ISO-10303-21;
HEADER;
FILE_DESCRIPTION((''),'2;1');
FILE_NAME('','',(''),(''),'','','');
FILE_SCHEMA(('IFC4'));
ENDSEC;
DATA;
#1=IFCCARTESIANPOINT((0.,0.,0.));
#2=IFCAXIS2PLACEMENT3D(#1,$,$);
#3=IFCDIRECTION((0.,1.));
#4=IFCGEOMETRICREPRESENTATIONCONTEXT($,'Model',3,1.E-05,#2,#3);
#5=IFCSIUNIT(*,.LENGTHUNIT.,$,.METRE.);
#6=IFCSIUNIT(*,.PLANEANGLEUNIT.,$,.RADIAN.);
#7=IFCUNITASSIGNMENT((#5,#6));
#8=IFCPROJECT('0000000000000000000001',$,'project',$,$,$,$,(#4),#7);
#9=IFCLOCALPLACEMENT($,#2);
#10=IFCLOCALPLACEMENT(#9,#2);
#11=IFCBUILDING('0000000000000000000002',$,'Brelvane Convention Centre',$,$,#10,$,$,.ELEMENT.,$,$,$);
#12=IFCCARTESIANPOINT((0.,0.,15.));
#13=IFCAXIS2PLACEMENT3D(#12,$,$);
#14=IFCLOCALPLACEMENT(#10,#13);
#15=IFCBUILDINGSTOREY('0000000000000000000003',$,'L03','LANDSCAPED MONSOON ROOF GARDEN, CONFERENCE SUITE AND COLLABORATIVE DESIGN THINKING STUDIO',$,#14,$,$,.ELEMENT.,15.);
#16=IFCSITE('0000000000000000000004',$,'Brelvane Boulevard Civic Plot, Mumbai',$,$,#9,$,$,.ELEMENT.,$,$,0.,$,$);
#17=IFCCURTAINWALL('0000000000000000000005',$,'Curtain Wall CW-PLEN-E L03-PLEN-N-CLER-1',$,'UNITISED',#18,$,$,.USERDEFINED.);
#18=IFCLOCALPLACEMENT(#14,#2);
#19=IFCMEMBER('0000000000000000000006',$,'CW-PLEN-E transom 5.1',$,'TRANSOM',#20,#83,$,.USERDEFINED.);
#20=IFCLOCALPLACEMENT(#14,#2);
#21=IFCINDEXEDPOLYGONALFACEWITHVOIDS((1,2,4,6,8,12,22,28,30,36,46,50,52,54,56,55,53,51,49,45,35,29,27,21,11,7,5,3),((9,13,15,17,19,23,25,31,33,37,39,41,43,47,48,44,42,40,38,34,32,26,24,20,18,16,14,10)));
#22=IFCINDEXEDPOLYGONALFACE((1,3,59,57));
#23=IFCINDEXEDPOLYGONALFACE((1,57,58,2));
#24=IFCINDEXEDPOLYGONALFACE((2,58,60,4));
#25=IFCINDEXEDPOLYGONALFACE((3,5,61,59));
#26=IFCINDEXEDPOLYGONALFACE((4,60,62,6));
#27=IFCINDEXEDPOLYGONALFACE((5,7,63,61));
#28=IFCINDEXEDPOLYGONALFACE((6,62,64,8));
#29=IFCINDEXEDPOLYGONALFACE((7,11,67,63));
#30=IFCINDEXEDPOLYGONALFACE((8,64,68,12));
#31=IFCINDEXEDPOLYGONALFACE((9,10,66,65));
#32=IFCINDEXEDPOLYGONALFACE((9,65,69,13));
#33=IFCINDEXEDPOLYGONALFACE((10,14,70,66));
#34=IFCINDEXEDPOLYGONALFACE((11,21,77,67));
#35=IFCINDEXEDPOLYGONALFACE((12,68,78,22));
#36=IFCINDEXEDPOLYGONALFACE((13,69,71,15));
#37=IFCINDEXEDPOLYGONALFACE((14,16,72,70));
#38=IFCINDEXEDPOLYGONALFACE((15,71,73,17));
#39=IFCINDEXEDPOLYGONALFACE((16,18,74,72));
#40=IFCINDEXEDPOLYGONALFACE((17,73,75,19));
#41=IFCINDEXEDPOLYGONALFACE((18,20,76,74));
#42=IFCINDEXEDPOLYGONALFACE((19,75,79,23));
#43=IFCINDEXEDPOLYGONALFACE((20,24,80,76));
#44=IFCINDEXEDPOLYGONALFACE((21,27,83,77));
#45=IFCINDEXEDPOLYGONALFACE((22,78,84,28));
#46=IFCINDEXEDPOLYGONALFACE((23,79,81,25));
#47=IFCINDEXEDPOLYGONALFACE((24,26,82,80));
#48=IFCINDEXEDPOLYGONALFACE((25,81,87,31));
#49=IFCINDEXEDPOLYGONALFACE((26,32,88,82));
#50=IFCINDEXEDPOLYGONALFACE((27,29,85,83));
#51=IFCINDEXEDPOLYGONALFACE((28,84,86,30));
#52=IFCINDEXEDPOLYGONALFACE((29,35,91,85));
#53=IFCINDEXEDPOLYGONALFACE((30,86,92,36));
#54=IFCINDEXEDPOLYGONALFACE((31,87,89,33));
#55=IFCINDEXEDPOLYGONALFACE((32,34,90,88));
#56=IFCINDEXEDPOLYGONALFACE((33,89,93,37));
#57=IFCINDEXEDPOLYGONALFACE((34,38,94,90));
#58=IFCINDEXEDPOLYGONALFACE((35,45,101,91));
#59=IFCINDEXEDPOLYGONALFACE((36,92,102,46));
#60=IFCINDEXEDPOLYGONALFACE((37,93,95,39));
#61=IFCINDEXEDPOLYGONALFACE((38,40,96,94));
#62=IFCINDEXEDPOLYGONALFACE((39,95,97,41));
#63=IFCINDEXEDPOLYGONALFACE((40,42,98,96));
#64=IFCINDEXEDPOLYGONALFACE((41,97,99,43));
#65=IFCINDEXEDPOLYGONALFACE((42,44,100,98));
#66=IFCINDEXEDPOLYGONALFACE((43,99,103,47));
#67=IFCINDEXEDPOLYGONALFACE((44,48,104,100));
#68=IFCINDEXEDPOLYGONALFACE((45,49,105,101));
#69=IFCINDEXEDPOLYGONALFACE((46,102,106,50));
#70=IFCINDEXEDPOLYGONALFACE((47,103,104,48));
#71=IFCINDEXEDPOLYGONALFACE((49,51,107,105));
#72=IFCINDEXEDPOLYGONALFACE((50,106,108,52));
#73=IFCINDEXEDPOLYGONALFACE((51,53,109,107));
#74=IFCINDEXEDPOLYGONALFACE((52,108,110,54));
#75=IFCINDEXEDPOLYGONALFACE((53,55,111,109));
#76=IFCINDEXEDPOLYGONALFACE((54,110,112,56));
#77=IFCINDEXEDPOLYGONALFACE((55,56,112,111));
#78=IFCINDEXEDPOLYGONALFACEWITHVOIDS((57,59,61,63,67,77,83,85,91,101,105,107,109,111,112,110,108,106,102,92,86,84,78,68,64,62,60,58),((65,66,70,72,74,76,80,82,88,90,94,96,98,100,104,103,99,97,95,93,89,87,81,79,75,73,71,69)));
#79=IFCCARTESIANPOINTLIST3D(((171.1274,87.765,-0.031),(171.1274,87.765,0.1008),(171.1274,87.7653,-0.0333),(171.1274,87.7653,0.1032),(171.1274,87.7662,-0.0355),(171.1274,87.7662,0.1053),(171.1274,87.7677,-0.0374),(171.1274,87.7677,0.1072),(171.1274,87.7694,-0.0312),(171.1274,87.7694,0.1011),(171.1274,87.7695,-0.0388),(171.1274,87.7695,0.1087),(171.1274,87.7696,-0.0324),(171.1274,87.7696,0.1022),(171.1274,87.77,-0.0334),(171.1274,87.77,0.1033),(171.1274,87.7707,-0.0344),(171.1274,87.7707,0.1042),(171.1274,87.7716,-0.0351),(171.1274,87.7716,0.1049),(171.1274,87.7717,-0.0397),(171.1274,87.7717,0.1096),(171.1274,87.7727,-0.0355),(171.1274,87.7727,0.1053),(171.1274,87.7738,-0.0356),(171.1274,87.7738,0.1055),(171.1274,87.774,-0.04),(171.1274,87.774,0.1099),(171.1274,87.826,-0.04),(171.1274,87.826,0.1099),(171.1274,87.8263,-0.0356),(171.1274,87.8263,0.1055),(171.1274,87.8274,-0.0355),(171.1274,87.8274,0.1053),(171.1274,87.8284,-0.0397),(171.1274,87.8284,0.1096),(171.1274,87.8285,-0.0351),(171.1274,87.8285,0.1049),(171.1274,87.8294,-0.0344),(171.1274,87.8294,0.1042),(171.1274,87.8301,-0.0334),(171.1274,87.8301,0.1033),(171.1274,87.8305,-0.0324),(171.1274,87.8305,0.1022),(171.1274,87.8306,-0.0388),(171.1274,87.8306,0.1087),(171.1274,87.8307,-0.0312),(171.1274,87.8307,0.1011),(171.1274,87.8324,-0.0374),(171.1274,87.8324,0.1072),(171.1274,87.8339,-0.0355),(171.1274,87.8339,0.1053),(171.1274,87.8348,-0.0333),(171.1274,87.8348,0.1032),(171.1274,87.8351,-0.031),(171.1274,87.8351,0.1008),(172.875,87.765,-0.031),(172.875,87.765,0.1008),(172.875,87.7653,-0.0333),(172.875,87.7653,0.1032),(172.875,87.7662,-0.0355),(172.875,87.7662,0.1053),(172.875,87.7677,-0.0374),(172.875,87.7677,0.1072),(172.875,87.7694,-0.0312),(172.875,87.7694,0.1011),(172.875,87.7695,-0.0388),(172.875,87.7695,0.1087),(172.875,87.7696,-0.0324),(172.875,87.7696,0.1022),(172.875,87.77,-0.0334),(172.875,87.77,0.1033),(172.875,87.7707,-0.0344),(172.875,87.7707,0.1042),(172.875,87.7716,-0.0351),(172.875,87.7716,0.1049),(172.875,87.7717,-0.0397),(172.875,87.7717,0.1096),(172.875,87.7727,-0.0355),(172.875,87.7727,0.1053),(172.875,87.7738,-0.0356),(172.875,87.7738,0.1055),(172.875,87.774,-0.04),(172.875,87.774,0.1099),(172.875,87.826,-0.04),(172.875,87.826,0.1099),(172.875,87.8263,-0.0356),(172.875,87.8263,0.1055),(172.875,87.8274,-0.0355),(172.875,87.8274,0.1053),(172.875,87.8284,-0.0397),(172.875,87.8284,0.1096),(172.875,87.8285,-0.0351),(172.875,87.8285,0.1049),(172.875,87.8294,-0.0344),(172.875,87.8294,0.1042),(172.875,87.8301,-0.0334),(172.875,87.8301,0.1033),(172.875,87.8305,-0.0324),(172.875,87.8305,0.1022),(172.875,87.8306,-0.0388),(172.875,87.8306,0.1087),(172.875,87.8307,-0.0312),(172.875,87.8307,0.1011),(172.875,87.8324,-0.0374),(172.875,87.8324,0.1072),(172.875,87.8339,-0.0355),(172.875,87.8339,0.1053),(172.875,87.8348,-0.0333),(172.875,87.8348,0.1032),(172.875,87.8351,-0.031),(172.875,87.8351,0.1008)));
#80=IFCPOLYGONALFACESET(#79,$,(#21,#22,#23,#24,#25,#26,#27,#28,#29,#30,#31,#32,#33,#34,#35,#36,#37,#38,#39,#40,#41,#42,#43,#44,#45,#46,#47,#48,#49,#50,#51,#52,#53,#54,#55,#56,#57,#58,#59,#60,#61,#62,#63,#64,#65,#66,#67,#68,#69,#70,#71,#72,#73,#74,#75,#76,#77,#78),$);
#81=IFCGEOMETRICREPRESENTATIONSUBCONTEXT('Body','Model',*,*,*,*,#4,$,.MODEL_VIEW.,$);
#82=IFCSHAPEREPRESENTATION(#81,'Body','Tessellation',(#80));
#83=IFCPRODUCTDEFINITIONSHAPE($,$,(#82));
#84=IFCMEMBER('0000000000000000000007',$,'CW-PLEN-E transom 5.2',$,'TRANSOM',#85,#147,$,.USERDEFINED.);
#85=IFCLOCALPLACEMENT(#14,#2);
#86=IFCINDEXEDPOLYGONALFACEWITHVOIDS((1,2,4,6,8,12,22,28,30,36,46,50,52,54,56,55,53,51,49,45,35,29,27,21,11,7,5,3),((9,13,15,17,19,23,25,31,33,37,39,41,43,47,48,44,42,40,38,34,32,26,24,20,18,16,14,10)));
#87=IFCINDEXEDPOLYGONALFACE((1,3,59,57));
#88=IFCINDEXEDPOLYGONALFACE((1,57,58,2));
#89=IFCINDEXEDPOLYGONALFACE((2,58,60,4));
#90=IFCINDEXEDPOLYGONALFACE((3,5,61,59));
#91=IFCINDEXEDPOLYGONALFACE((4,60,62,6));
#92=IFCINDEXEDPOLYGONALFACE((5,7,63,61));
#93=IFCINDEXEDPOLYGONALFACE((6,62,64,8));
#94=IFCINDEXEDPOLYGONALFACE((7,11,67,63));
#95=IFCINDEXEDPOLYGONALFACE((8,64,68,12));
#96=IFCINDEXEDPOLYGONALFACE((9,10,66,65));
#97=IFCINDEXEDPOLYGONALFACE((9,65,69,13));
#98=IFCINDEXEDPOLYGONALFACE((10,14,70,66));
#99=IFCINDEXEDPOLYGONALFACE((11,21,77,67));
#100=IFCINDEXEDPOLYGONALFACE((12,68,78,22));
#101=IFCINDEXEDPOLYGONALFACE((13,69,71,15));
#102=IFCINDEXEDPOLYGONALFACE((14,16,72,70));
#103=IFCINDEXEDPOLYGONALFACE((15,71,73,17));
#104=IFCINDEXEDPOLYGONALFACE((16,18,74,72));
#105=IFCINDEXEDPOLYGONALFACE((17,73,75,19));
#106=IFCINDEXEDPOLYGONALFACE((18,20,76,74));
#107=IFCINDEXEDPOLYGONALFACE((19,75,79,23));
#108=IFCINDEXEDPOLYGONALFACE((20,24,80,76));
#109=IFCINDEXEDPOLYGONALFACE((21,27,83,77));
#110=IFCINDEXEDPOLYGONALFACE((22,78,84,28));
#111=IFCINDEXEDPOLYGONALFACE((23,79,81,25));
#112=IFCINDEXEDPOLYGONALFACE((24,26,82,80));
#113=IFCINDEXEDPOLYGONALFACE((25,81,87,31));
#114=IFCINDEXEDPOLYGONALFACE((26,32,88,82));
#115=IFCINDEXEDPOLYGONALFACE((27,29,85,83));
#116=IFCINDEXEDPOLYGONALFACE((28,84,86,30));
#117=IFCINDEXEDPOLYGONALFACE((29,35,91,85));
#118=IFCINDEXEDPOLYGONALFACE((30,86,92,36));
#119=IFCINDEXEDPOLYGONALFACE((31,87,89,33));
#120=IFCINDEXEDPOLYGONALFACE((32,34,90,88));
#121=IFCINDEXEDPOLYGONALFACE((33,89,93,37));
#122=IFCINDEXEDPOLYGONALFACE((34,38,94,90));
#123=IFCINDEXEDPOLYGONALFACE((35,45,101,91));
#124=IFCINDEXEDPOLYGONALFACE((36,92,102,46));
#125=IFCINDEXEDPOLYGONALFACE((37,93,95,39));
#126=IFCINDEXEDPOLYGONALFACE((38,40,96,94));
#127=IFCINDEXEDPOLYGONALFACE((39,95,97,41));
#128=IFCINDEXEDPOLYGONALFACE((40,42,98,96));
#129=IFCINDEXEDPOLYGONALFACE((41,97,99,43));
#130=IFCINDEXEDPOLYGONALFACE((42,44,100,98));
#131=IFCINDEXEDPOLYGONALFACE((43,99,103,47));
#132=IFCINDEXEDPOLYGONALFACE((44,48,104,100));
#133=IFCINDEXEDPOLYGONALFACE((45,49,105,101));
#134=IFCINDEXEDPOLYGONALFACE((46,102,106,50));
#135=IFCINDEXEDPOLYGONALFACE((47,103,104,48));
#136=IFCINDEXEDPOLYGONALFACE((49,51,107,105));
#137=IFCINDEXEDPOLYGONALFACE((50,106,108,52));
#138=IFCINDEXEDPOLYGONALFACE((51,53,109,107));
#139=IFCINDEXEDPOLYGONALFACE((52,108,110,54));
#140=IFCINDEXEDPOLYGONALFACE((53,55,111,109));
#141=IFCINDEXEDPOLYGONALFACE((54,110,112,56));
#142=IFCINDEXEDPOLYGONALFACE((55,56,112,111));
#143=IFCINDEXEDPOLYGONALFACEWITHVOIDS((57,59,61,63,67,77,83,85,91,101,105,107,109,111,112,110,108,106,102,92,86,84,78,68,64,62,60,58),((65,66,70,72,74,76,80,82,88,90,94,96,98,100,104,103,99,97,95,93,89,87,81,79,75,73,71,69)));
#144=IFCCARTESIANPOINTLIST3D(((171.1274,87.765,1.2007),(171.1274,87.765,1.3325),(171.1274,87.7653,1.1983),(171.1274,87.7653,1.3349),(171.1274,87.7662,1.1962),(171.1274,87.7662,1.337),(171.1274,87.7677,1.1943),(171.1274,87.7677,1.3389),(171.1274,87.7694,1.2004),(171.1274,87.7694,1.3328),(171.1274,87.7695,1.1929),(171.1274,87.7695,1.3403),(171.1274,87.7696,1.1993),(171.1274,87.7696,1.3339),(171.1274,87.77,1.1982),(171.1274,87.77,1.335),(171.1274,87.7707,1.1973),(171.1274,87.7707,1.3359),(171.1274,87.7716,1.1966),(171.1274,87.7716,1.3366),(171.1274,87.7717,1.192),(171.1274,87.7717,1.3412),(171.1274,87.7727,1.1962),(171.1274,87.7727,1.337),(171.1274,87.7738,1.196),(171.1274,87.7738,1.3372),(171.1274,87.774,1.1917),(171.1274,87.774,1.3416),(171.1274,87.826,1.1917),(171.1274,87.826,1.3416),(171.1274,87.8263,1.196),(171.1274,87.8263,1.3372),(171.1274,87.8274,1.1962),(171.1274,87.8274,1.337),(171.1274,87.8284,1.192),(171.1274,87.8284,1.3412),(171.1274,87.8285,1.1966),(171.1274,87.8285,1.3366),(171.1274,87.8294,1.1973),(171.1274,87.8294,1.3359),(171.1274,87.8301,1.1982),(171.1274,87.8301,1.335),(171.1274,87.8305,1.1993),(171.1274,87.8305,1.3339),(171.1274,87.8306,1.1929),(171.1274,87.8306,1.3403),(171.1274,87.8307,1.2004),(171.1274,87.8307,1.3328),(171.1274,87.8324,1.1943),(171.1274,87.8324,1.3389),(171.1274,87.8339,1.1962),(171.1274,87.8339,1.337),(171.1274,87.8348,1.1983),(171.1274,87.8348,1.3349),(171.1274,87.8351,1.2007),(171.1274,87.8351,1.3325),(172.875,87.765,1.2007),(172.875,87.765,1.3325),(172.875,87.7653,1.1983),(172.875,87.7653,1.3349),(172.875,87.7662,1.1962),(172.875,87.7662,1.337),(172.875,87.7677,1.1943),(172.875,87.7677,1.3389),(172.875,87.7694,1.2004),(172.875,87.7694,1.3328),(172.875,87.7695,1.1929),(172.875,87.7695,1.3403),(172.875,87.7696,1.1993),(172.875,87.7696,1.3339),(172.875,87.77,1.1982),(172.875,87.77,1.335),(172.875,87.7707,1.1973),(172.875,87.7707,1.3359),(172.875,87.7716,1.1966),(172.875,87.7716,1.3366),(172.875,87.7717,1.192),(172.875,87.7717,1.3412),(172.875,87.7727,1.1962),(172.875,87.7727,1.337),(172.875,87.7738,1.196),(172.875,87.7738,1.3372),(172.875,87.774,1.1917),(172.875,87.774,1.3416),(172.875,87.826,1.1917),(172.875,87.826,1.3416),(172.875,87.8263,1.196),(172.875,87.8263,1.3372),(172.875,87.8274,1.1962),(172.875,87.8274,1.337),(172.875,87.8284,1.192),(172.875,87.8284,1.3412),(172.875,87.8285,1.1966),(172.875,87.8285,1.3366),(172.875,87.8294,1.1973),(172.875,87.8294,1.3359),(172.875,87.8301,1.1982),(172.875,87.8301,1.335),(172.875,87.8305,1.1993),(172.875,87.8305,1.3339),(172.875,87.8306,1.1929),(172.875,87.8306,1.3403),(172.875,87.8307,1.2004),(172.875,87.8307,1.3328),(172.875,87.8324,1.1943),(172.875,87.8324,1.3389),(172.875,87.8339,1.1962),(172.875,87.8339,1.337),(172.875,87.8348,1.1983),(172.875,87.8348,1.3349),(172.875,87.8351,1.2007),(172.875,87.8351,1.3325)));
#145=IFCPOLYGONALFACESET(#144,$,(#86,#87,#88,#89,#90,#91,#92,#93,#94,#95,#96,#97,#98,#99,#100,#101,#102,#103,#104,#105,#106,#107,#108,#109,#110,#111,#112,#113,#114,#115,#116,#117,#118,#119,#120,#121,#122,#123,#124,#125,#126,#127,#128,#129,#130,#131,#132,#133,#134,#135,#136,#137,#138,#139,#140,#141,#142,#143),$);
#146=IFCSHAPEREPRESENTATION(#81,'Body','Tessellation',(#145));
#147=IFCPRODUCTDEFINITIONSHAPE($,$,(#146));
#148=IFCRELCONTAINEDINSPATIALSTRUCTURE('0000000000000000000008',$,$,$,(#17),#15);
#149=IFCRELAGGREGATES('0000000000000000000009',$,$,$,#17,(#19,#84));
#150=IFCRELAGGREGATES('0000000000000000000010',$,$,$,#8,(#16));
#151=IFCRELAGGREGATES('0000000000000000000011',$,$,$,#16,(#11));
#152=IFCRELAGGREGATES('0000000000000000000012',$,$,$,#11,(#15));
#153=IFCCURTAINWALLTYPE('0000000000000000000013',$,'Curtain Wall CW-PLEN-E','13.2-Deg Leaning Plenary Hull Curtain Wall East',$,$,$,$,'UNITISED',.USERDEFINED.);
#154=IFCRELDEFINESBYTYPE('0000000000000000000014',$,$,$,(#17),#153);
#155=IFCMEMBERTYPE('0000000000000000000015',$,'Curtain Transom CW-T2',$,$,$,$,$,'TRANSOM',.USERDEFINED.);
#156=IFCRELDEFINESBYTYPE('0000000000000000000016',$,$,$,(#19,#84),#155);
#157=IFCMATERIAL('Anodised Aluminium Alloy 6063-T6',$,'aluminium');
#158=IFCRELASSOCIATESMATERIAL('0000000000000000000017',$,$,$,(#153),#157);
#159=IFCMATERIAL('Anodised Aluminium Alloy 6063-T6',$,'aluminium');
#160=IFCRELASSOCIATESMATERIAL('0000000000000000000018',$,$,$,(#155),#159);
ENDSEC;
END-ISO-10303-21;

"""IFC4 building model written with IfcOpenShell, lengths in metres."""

from ifc_helpers import new_model, si_unit, direction, frame, origin, origin_2d, place, context, subcontext, project, spatial, hollow_rectangle, extrude, material, material_profile, profile_set, type_object, element, aggregate, save


model = new_model("IFC4")

# Units and contexts
model_context = context("Model", 3, precision=1e-05, world=origin(), true_north=direction((0.0, 1.0)))
body_context = subcontext(model_context, "Body", "Model", "MODEL_VIEW")
ifc_project = project(units=[si_unit("LENGTHUNIT", "METRE"), si_unit("PLANEANGLEUNIT", "RADIAN")], contexts=[model_context])

# Site, building, storey
site_placement = place(None, origin())
site = spatial("IfcSite", under=ifc_project, at=site_placement, Name="Brelvane Boulevard Civic Plot, Mumbai", CompositionType="ELEMENT", RefElevation=0.0)
building_placement = place(site_placement, origin())
building = spatial("IfcBuilding", under=site, at=building_placement, Name="Brelvane Convention Centre", CompositionType="ELEMENT")
storey_placement = place(building_placement, frame((0.0, 0.0, 15.0)))
storey = spatial("IfcBuildingStorey", under=building, at=storey_placement, Name="L03", Description="LANDSCAPED MONSOON ROOF GARDEN, CONFERENCE SUITE AND COLLABORATIVE DESIGN THINKING STUDIO", CompositionType="ELEMENT", Elevation=15.0)

# Curtain wall
ifc_material_1 = material(Name="Anodised Aluminium Alloy 6063-T6", Category="aluminium")
curtain_wall_type = type_object("IfcCurtainWallType", Name="Curtain Wall CW-PLEN-E", Description="13.2-Deg Leaning Plenary Hull Curtain Wall East", ElementType="UNITISED", PredefinedType="USERDEFINED", material=ifc_material_1)
curtain_wall_1_placement = place(storey_placement, origin())
curtain_wall_1 = element("IfcCurtainWall", 1, at=curtain_wall_1_placement, inside=storey, type_object=curtain_wall_type, Name="Curtain Wall CW-PLEN-E L03-PLEN-N-CLER-1", ObjectType="UNITISED", PredefinedType="USERDEFINED")

# Members
ifc_material_2 = material(Name="Anodised Aluminium Alloy 6063-T6", Category="aluminium")
ifc_material_profile_1 = material_profile(ifc_material_2, hollow_rectangle(XDim=0.0701, YDim=0.1499, WallThickness=0.0044, InnerFilletRadius=0.0044, OuterFilletRadius=0.009, at=origin_2d()), Name="ALU-T 150x70x4.5")
ifc_profile_set_1 = profile_set([ifc_material_profile_1], Name="Anodised Aluminium Alloy 6063-T6")
member_type_1 = type_object("IfcMemberType", Name="Curtain Transom CW-T2", ElementType="TRANSOM", PredefinedType="USERDEFINED", material=ifc_profile_set_1)
member_1_placement = place(storey_placement, frame((171.1274, 87.8, 0.0349), z_axis=(1.0, 0.0, 0.0), x_axis=(0.0, 1.0, 0.0)))
member_1 = element("IfcMember", 2, at=member_1_placement, type_object=member_type_1, Name="CW-PLEN-E transom 5.1", ObjectType="TRANSOM", PredefinedType="USERDEFINED", context=body_context, shape_type="SweptSolid", body=[
    extrude(hollow_rectangle(XDim=0.0701, YDim=0.1499, WallThickness=0.0044, InnerFilletRadius=0.0044, OuterFilletRadius=0.009, at=origin_2d()), origin(), (0.0, 0.0, 1.0), 1.7476),
])
member_2_placement = place(storey_placement, frame((171.1274, 87.8, 1.2666), z_axis=(1.0, 0.0, 0.0), x_axis=(0.0, 1.0, 0.0)))
member_2 = element("IfcMember", 3, at=member_2_placement, type_object=member_type_1, Name="CW-PLEN-E transom 5.2", ObjectType="TRANSOM", PredefinedType="USERDEFINED", context=body_context, shape_type="SweptSolid", body=[
    extrude(hollow_rectangle(XDim=0.0701, YDim=0.1499, WallThickness=0.0044, InnerFilletRadius=0.0044, OuterFilletRadius=0.009, at=origin_2d()), origin(), (0.0, 0.0, 1.0), 1.7476),
])

aggregate(curtain_wall_1, [member_1, member_2])

save(model, "model.ifc")
